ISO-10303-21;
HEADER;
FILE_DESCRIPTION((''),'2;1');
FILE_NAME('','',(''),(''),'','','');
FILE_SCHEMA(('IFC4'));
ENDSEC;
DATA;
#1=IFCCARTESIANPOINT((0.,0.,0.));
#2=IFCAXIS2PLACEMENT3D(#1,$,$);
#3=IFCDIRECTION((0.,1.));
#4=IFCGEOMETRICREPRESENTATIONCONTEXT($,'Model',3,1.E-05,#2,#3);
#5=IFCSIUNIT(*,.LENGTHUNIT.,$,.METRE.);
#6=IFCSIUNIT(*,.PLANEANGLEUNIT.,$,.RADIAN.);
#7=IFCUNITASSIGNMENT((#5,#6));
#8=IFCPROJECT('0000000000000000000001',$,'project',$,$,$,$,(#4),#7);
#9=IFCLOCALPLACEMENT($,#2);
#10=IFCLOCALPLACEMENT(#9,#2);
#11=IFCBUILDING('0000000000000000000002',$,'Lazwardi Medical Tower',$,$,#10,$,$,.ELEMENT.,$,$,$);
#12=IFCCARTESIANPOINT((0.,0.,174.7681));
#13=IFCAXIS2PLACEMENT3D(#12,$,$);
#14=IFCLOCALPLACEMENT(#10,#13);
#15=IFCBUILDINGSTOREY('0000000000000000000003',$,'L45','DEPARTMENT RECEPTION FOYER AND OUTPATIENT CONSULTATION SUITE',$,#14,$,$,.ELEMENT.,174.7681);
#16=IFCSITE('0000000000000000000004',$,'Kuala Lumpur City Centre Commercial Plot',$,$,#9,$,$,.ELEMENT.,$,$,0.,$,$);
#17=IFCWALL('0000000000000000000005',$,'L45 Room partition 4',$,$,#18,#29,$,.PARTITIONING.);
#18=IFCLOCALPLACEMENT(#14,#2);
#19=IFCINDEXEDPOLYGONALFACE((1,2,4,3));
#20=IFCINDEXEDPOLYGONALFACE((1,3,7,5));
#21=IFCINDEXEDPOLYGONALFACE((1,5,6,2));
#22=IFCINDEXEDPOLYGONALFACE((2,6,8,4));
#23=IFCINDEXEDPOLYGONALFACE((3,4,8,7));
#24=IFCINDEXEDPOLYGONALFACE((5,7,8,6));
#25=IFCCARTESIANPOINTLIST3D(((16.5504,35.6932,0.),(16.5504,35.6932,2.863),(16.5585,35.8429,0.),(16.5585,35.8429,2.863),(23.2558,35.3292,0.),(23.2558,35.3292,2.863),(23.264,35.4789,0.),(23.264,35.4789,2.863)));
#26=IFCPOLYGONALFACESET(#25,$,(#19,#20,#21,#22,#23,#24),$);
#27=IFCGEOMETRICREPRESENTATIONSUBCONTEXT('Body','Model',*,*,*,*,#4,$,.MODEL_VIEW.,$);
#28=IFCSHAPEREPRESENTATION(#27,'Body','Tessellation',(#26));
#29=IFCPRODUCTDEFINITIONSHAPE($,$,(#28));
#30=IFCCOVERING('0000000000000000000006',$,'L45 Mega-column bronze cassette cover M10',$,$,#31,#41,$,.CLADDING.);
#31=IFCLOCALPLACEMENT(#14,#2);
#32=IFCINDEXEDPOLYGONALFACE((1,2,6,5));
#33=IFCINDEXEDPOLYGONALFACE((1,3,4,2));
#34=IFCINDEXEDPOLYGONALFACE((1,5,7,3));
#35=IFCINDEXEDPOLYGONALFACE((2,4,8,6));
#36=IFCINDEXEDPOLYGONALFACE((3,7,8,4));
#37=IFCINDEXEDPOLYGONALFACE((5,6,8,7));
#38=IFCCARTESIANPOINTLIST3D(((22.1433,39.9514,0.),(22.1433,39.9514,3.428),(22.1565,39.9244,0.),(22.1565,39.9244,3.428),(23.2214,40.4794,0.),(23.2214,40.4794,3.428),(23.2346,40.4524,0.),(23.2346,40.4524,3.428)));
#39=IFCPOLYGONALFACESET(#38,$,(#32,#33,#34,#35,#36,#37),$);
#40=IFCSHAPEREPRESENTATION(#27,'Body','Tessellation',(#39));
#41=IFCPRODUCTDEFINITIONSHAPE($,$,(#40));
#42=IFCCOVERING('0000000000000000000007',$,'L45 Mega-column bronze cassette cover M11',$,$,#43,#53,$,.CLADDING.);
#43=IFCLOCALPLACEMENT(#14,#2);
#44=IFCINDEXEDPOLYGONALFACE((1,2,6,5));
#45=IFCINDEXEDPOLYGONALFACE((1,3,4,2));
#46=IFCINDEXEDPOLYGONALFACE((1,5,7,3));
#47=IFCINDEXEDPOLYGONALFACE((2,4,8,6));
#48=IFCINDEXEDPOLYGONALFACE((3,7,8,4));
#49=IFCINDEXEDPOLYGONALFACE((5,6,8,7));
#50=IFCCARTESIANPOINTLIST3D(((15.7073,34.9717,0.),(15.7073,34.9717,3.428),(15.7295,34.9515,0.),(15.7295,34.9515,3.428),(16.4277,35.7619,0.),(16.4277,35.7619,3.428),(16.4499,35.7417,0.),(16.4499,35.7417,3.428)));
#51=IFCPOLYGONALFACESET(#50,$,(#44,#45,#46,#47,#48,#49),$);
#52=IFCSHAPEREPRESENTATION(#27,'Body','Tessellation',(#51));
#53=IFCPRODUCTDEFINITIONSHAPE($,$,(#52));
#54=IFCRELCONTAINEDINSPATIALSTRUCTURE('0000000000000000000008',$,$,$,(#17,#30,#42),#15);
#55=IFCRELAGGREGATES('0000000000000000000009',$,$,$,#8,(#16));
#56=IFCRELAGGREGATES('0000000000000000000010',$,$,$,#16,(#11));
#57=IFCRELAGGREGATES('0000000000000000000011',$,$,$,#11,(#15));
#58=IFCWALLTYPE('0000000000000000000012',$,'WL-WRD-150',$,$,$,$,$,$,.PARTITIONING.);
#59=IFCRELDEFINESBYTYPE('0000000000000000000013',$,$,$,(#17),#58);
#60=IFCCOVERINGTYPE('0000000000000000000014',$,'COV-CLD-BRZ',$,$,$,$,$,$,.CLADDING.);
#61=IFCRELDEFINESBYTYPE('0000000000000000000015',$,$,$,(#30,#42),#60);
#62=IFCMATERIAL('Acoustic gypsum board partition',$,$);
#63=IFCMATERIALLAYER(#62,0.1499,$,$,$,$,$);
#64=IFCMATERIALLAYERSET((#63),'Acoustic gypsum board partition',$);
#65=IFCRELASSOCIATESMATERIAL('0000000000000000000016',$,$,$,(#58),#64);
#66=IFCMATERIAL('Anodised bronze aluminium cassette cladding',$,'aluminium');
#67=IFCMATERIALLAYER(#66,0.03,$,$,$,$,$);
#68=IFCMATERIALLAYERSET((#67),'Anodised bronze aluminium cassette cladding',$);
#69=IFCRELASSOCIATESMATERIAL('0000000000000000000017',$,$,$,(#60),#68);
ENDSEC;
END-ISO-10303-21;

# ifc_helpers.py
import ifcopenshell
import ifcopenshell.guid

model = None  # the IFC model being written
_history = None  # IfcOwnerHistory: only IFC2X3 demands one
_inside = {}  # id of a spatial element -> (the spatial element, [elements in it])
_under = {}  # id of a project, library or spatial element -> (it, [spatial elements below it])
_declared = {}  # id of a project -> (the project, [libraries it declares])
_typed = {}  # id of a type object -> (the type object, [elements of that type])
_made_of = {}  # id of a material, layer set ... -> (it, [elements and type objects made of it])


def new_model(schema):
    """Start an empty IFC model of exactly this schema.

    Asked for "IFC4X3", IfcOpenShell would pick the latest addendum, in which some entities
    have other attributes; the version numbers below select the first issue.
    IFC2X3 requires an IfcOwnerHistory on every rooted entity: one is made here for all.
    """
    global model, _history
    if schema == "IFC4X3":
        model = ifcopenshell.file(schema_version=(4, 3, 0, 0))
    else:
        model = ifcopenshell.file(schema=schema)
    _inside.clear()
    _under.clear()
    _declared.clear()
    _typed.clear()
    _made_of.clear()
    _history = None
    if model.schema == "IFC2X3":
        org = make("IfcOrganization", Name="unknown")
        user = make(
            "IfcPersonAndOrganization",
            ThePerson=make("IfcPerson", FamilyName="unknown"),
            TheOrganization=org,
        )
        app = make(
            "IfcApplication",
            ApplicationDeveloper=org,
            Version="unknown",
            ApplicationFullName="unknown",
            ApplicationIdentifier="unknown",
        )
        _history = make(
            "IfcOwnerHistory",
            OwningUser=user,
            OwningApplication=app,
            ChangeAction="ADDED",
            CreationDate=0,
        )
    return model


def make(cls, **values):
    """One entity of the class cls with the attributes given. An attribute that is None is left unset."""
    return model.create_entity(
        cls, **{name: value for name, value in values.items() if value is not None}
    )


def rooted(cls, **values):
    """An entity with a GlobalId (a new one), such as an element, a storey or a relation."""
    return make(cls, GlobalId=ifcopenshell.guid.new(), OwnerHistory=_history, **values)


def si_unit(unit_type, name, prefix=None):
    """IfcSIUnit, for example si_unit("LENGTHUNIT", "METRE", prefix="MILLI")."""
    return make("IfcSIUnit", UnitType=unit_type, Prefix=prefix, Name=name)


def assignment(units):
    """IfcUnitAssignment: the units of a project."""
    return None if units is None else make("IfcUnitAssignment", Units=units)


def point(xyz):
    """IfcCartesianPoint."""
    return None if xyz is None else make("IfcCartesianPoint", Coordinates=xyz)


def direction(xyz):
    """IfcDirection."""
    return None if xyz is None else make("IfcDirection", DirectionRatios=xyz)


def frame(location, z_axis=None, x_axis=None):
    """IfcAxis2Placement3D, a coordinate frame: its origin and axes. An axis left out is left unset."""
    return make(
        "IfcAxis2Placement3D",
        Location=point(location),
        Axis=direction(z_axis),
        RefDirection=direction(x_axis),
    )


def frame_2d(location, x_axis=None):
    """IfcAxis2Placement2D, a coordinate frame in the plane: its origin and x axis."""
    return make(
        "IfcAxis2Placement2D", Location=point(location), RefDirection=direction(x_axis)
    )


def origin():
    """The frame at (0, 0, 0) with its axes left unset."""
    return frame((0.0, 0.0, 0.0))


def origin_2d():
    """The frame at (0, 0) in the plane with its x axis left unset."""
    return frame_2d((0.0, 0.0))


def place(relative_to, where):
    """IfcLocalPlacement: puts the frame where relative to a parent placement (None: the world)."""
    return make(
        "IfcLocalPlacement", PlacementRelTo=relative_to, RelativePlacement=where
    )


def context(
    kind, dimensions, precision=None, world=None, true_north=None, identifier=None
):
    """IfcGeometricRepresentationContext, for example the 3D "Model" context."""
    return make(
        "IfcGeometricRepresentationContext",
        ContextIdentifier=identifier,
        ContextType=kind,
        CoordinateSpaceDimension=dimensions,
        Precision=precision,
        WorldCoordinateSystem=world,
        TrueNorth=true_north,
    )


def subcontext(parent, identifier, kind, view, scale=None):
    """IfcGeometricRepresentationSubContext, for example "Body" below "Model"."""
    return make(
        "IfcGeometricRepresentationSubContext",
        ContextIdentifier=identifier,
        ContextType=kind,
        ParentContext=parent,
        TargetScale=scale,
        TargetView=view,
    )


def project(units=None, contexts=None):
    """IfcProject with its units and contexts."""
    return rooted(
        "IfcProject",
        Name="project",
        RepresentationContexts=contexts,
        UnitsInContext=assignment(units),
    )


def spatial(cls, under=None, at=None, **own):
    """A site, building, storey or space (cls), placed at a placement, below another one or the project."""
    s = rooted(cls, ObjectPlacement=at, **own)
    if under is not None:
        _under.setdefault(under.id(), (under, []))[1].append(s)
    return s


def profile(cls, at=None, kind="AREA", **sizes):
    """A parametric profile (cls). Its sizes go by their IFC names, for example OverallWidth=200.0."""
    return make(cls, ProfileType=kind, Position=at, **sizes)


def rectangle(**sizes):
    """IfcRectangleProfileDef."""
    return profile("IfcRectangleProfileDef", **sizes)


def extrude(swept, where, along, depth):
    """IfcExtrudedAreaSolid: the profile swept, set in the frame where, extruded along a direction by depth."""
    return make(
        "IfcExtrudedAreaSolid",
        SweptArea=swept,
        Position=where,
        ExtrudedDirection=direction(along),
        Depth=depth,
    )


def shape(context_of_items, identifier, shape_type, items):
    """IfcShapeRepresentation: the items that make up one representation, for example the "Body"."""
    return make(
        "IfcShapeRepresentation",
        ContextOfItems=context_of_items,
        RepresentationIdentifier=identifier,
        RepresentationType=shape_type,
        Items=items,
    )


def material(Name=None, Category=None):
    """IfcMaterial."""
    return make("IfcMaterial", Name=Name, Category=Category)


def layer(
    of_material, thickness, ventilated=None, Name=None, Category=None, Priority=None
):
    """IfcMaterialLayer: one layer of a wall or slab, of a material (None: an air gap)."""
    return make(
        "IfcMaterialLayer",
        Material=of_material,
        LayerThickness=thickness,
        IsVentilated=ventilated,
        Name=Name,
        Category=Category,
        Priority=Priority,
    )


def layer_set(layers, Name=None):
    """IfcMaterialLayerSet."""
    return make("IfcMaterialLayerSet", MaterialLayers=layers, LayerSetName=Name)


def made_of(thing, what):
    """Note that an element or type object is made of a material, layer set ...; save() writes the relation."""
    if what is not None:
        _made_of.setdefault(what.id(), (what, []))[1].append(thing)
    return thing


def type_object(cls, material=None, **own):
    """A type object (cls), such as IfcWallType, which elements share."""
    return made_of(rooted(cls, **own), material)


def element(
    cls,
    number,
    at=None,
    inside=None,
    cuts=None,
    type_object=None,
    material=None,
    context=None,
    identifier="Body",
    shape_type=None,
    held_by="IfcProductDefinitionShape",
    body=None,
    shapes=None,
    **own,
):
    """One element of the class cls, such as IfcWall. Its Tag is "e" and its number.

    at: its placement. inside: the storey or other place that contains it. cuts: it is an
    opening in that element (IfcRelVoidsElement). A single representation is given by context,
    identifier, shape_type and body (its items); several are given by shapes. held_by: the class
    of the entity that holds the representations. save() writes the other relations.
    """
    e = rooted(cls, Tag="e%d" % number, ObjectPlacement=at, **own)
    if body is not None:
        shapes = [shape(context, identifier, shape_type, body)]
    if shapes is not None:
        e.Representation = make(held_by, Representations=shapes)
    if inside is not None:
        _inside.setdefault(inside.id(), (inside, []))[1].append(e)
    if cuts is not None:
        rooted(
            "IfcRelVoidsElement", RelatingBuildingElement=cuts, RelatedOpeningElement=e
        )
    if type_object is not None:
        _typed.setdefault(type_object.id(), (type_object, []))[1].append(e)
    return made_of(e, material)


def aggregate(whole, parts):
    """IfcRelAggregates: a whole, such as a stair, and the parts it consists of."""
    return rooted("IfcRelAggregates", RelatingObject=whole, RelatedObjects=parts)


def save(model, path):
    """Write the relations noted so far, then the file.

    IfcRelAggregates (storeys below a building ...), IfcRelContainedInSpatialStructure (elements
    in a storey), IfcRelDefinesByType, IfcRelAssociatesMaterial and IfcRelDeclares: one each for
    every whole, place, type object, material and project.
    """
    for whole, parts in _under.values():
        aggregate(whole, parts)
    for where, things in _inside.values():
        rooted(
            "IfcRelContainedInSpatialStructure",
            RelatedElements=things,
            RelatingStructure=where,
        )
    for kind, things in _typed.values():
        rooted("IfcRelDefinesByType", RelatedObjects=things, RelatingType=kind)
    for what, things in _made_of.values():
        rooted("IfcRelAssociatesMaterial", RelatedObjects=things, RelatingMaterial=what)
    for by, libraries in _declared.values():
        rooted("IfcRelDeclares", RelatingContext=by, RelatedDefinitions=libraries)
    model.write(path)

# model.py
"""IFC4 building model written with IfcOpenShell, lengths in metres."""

from ifc_helpers import new_model, si_unit, direction, frame, frame_2d, origin, origin_2d, place, context, subcontext, project, spatial, rectangle, extrude, material, layer, layer_set, type_object, element, save


model = new_model("IFC4")

# Units and contexts
model_context = context("Model", 3, precision=1e-05, world=origin(), true_north=direction((0.0, 1.0)))
body_context = subcontext(model_context, "Body", "Model", "MODEL_VIEW")
ifc_project = project(units=[si_unit("LENGTHUNIT", "METRE"), si_unit("PLANEANGLEUNIT", "RADIAN")], contexts=[model_context])

# Site, building, storey
site_placement = place(None, origin())
site = spatial("IfcSite", under=ifc_project, at=site_placement, Name="Kuala Lumpur City Centre Commercial Plot", CompositionType="ELEMENT", RefElevation=0.0)
building_placement = place(site_placement, origin())
building = spatial("IfcBuilding", under=site, at=building_placement, Name="Lazwardi Medical Tower", CompositionType="ELEMENT")
storey_placement = place(building_placement, frame((0.0, 0.0, 174.7681)))
storey = spatial("IfcBuildingStorey", under=building, at=storey_placement, Name="L45", Description="DEPARTMENT RECEPTION FOYER AND OUTPATIENT CONSULTATION SUITE", CompositionType="ELEMENT", Elevation=174.7681)

# Wall
ifc_material_1 = material(Name="Acoustic gypsum board partition")
ifc_layer_1 = layer(ifc_material_1, 0.1499)
ifc_layer_set_1 = layer_set([ifc_layer_1], Name="Acoustic gypsum board partition")
wall_type_1 = type_object("IfcWallType", Name="WL-WRD-150", PredefinedType="PARTITIONING", material=ifc_layer_set_1)
wall_1_placement = place(storey_placement, frame((16.5544, 35.7681, 0.0), z_axis=(0.0, 0.0, 1.0), x_axis=(0.99853, -0.054205, 0.0)))
element("IfcWall", 1, at=wall_1_placement, inside=storey, type_object=wall_type_1, Name="L45 Room partition 4", PredefinedType="PARTITIONING", context=body_context, shape_type="SweptSolid", body=[
    extrude(rectangle(XDim=6.7153, YDim=0.1499, at=frame_2d((3.3577, 0.0))), origin(), (0.0, 0.0, 1.0), 2.863),
])

# Coverings
ifc_material_2 = material(Name="Anodised bronze aluminium cassette cladding", Category="aluminium")
ifc_layer_2 = layer(ifc_material_2, 0.03)
ifc_layer_set_2 = layer_set([ifc_layer_2], Name="Anodised bronze aluminium cassette cladding")
covering_type = type_object("IfcCoveringType", Name="COV-CLD-BRZ", PredefinedType="CLADDING", material=ifc_layer_set_2)
covering_1_placement = place(storey_placement, frame((22.689, 40.2019, 0.0), z_axis=(0.0, 0.0, 1.0), x_axis=(-0.898079, -0.439834, 0.0)))
element("IfcCovering", 2, at=covering_1_placement, inside=storey, type_object=covering_type, Name="L45 Mega-column bronze cassette cover M10", PredefinedType="CLADDING", context=body_context, shape_type="SweptSolid", body=[
    extrude(rectangle(XDim=1.2004, YDim=0.03, at=origin_2d()), origin(), (0.0, 0.0, 1.0), 3.428),
])
covering_2_placement = place(storey_placement, frame((16.0786, 35.3567, 0.0), z_axis=(0.0, 0.0, 1.0), x_axis=(-0.673714, -0.738992, 0.0)))
element("IfcCovering", 3, at=covering_2_placement, inside=storey, type_object=covering_type, Name="L45 Mega-column bronze cassette cover M11", PredefinedType="CLADDING", context=body_context, shape_type="SweptSolid", body=[
    extrude(rectangle(XDim=1.0693, YDim=0.03, at=origin_2d()), origin(), (0.0, 0.0, 1.0), 3.428),
])

save(model, "model.ifc")
